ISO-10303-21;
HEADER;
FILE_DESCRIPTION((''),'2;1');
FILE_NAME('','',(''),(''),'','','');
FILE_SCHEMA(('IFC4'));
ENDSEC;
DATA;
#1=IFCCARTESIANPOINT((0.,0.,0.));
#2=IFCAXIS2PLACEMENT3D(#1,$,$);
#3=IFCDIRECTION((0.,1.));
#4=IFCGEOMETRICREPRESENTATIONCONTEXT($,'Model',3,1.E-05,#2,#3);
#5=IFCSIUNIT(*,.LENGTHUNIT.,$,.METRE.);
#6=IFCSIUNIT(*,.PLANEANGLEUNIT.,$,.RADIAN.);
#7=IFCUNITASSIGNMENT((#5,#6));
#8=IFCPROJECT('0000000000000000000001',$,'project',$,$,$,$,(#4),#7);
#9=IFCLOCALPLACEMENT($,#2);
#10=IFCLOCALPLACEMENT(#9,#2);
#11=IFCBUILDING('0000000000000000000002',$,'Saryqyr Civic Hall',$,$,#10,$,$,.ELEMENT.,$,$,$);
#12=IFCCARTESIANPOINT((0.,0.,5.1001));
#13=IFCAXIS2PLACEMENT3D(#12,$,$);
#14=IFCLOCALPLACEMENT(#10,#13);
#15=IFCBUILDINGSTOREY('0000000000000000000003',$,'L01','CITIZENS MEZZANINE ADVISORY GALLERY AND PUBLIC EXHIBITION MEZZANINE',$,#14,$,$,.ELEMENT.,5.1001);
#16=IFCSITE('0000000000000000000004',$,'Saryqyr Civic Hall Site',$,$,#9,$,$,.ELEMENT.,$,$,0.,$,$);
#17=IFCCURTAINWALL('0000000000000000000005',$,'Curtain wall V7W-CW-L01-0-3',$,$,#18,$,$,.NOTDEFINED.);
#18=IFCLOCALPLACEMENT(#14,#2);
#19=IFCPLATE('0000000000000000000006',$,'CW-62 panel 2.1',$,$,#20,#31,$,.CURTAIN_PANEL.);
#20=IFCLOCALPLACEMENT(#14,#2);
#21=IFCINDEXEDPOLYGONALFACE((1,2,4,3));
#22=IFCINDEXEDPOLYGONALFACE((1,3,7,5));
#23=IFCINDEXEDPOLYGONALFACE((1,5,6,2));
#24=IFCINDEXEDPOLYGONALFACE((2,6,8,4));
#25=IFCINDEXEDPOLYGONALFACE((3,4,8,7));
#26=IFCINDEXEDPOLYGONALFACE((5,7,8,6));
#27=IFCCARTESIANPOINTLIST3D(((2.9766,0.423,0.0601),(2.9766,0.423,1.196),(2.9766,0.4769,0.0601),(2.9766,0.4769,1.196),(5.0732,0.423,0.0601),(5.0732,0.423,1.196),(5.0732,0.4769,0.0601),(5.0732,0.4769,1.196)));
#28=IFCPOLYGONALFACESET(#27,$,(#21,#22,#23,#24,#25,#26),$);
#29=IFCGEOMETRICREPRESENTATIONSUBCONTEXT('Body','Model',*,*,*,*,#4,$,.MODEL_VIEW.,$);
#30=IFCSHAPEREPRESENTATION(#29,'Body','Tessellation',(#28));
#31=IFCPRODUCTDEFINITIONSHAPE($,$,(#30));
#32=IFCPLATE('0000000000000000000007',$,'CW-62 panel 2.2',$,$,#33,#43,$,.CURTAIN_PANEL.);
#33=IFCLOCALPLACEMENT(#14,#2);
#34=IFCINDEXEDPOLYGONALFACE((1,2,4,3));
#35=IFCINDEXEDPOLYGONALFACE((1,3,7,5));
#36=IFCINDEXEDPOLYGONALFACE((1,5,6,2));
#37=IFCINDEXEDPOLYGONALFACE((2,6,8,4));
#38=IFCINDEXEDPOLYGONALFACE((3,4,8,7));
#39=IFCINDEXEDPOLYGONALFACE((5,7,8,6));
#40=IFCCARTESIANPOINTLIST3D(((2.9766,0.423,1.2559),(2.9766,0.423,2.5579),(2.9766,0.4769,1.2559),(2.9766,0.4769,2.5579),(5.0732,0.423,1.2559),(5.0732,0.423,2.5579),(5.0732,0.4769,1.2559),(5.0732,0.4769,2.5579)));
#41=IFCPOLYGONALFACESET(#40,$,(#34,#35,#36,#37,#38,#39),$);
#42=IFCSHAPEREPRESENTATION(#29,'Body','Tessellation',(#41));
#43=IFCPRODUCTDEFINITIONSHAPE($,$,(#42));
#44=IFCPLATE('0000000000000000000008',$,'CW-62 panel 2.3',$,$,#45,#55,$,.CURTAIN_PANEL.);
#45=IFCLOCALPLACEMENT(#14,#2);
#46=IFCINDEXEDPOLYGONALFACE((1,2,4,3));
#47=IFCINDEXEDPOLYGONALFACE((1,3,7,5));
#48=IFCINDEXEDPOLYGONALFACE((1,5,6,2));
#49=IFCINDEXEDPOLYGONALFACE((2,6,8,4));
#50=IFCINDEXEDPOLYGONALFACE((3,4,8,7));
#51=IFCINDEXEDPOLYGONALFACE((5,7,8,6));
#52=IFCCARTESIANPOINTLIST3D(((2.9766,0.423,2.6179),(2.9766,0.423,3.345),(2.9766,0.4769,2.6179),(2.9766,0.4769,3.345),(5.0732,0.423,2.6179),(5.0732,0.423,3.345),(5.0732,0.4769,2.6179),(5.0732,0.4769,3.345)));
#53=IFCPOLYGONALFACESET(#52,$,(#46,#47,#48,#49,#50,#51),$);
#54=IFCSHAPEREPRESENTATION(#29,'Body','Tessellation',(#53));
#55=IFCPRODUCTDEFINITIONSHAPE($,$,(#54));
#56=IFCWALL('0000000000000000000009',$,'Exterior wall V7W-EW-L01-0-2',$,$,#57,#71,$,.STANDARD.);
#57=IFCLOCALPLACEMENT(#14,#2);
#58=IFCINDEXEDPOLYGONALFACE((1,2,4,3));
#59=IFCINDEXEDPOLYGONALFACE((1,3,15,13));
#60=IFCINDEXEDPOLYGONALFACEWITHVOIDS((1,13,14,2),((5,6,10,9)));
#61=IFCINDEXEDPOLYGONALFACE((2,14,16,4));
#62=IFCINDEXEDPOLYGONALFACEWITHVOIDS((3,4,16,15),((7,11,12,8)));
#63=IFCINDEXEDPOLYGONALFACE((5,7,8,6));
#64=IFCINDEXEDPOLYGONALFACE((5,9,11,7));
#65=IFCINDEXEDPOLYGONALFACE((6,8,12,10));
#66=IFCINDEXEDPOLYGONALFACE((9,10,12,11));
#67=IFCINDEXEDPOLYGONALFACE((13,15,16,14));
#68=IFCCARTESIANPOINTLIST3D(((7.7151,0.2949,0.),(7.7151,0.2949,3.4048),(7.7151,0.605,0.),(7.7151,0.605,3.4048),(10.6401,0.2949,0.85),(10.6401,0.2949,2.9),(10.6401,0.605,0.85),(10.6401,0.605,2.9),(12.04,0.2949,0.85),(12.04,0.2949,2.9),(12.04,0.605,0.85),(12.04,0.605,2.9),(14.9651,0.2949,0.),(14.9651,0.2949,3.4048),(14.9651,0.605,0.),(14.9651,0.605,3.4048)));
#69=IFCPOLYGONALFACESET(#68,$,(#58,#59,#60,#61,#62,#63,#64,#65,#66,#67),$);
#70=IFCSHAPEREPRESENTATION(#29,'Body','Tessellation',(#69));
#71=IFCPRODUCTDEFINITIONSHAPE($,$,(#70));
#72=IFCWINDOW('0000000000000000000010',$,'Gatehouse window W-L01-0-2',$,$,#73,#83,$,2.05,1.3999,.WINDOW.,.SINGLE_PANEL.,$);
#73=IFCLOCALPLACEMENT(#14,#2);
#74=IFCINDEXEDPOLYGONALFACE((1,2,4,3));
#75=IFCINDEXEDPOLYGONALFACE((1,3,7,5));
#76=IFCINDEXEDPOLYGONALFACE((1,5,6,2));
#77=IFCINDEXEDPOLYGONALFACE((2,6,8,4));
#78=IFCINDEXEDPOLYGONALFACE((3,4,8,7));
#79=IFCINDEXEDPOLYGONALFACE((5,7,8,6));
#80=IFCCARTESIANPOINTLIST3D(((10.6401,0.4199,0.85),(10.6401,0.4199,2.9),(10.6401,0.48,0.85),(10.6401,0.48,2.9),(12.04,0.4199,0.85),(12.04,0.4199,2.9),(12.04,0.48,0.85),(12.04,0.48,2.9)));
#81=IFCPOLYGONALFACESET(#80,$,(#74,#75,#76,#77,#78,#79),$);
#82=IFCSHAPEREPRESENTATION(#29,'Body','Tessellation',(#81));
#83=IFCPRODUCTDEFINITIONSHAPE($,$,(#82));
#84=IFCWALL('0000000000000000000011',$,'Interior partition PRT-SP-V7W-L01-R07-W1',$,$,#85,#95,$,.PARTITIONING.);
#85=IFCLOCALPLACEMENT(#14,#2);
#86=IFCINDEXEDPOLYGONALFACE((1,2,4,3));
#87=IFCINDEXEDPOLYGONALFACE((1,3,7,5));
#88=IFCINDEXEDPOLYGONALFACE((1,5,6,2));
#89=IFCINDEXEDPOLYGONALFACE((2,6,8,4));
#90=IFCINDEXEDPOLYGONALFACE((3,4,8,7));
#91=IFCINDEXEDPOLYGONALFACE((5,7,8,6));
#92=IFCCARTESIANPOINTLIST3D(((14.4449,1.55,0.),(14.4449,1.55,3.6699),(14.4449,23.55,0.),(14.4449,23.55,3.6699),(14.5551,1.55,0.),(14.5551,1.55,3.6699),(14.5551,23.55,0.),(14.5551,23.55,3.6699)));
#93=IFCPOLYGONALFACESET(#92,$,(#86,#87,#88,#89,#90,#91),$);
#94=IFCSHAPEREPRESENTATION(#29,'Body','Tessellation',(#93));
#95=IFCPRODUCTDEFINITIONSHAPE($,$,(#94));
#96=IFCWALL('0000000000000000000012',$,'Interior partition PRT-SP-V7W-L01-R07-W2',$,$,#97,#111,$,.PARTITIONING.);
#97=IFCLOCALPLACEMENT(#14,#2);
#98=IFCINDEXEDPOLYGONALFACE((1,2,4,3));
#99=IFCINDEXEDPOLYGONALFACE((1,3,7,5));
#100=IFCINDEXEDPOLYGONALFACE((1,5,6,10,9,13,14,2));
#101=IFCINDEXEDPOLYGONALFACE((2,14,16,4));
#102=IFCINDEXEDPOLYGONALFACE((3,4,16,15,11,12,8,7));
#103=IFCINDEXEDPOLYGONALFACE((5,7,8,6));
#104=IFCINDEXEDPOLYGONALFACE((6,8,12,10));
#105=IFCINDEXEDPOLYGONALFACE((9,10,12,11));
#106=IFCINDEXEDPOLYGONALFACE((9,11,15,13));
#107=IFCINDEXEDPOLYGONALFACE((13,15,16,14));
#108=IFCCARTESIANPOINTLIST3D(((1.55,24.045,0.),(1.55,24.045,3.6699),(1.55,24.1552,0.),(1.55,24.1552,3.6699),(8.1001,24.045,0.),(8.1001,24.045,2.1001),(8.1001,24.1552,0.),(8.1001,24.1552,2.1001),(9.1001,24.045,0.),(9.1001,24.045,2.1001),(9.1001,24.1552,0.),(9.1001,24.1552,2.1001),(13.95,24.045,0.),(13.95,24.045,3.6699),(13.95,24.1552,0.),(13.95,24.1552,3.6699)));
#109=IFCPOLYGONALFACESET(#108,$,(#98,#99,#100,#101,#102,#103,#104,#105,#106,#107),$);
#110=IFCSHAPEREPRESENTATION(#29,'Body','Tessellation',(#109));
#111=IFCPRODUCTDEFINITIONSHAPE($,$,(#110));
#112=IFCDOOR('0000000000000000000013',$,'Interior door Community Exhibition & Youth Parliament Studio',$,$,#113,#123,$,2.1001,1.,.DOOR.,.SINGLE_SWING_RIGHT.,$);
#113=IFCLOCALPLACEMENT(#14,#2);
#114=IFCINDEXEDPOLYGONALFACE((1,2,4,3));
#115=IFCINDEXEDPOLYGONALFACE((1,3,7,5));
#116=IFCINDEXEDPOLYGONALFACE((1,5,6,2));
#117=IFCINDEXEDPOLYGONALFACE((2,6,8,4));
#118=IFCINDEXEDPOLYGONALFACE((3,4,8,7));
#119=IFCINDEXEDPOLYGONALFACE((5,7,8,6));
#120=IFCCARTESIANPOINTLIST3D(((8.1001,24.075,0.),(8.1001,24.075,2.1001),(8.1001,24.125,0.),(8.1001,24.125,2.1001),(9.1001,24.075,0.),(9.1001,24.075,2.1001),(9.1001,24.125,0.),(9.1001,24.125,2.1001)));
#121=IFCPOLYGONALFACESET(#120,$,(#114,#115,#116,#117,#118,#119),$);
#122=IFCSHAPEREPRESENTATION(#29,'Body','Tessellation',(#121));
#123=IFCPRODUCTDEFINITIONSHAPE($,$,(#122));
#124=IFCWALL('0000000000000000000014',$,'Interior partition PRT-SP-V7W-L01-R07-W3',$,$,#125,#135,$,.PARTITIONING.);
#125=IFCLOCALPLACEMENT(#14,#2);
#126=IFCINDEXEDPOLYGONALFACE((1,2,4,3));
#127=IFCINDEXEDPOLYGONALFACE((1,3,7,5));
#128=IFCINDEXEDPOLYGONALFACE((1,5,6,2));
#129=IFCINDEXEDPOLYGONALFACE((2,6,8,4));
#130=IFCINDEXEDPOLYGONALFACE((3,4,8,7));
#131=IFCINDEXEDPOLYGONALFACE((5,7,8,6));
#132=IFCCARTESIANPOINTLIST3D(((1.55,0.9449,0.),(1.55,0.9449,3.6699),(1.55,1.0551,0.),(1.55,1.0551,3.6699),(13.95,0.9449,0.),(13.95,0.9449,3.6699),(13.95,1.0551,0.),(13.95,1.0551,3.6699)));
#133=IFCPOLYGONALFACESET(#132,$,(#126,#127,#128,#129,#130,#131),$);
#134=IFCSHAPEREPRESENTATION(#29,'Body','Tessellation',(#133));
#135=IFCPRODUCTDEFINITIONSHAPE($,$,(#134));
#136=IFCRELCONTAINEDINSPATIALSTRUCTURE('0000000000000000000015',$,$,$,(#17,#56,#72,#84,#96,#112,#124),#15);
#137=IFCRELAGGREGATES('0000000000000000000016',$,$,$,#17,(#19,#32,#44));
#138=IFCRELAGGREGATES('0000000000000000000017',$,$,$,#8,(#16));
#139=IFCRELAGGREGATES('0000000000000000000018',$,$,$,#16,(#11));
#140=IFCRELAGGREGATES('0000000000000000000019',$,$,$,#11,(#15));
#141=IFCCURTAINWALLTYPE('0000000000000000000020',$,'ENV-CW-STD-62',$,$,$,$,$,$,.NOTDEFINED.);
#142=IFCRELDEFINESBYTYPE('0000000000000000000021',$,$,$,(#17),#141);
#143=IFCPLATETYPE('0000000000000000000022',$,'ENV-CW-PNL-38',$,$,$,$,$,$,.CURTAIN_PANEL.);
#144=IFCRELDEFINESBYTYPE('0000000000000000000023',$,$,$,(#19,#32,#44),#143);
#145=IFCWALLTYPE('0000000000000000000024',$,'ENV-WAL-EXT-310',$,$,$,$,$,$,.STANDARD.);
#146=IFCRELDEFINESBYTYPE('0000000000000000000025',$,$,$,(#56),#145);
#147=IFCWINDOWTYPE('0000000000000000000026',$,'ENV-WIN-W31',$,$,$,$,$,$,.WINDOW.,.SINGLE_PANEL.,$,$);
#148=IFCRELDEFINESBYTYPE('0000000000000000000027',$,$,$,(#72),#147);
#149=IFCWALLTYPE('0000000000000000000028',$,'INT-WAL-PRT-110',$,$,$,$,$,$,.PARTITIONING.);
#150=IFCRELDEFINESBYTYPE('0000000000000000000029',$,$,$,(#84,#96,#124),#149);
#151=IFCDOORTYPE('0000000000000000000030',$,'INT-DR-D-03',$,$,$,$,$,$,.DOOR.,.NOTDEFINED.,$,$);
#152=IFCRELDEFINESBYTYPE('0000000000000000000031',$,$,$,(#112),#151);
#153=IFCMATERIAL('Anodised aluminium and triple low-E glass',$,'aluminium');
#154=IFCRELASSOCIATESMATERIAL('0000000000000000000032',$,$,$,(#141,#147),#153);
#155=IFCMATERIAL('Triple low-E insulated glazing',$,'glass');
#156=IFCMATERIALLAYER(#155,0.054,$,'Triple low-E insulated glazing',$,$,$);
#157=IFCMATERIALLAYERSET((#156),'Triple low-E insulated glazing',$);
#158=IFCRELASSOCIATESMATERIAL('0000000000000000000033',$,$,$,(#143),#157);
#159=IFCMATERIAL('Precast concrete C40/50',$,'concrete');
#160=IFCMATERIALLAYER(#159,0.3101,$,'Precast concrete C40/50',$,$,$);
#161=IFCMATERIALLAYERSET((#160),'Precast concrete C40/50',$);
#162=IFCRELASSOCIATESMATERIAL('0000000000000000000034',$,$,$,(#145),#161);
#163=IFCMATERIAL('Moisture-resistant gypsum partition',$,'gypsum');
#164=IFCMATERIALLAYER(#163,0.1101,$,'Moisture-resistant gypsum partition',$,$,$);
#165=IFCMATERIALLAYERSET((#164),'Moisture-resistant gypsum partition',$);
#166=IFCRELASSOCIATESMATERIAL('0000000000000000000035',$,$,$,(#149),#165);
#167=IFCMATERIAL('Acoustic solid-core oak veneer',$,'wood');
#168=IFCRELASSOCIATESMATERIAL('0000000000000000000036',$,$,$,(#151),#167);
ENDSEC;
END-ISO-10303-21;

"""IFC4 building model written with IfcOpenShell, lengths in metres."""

from ifc_helpers import new_model, si_unit, direction, frame, frame_2d, origin, origin_2d, place, context, subcontext, project, spatial, rectangle, extrude, material, layer, layer_set, type_object, element, fill, aggregate, save


model = new_model("IFC4")

# Units and contexts
model_context = context("Model", 3, precision=1e-05, world=origin(), true_north=direction((0.0, 1.0)))
body_context = subcontext(model_context, "Body", "Model", "MODEL_VIEW")
ifc_project = project(units=[si_unit("LENGTHUNIT", "METRE"), si_unit("PLANEANGLEUNIT", "RADIAN")], contexts=[model_context])

# Site, building, storey
site_placement = place(None, origin())
site = spatial("IfcSite", under=ifc_project, at=site_placement, Name="Saryqyr Civic Hall Site", CompositionType="ELEMENT", RefElevation=0.0)
building_placement = place(site_placement, origin())
building = spatial("IfcBuilding", under=site, at=building_placement, Name="Saryqyr Civic Hall", CompositionType="ELEMENT")
storey_placement = place(building_placement, frame((0.0, 0.0, 5.1001)))
storey = spatial("IfcBuildingStorey", under=building, at=storey_placement, Name="L01", Description="CITIZENS MEZZANINE ADVISORY GALLERY AND PUBLIC EXHIBITION MEZZANINE", CompositionType="ELEMENT", Elevation=5.1001)

# Curtain wall
ifc_material_1 = material(Name="Anodised aluminium and triple low-E glass", Category="aluminium")
curtain_wall_type = type_object("IfcCurtainWallType", Name="ENV-CW-STD-62", PredefinedType="NOTDEFINED", material=ifc_material_1)
curtain_wall_placement = place(storey_placement, origin())
curtain_wall = element("IfcCurtainWall", 1, at=curtain_wall_placement, inside=storey, type_object=curtain_wall_type, Name="Curtain wall V7W-CW-L01-0-3", PredefinedType="NOTDEFINED")

# Plates
ifc_material_2 = material(Name="Triple low-E insulated glazing", Category="glass")
ifc_layer_1 = layer(ifc_material_2, 0.054, Name="Triple low-E insulated glazing")
ifc_layer_set_1 = layer_set([ifc_layer_1], Name="Triple low-E insulated glazing")
plate_type = type_object("IfcPlateType", Name="ENV-CW-PNL-38", PredefinedType="CURTAIN_PANEL", material=ifc_layer_set_1)
plate_1_placement = place(storey_placement, frame((4.0249, 0.45, 0.0601), z_axis=(0.0, 0.0, 1.0), x_axis=(-1.0, 0.0, 0.0)))
plate_1 = element("IfcPlate", 2, at=plate_1_placement, type_object=plate_type, Name="CW-62 panel 2.1", PredefinedType="CURTAIN_PANEL", context=body_context, shape_type="SweptSolid", body=[
    extrude(rectangle(XDim=2.0967, YDim=0.054, at=origin_2d()), origin(), (0.0, 0.0, 1.0), 1.136),
])
plate_2_placement = place(storey_placement, frame((4.0249, 0.45, 1.2559), z_axis=(0.0, 0.0, 1.0), x_axis=(-1.0, 0.0, 0.0)))
plate_2 = element("IfcPlate", 3, at=plate_2_placement, type_object=plate_type, Name="CW-62 panel 2.2", PredefinedType="CURTAIN_PANEL", context=body_context, shape_type="SweptSolid", body=[
    extrude(rectangle(XDim=2.0967, YDim=0.054, at=origin_2d()), origin(), (0.0, 0.0, 1.0), 1.302),
])
plate_3_placement = place(storey_placement, frame((4.0249, 0.45, 2.6179), z_axis=(0.0, 0.0, 1.0), x_axis=(-1.0, 0.0, 0.0)))
plate_3 = element("IfcPlate", 4, at=plate_3_placement, type_object=plate_type, Name="CW-62 panel 2.3", PredefinedType="CURTAIN_PANEL", context=body_context, shape_type="SweptSolid", body=[
    extrude(rectangle(XDim=2.0967, YDim=0.054, at=origin_2d()), origin(), (0.0, 0.0, 1.0), 0.7271),
])
aggregate(curtain_wall, [plate_1, plate_2, plate_3])

# Wall, opening, window
ifc_material_3 = material(Name="Precast concrete C40/50", Category="concrete")
ifc_layer_2 = layer(ifc_material_3, 0.3101, Name="Precast concrete C40/50")
ifc_layer_set_2 = layer_set([ifc_layer_2], Name="Precast concrete C40/50")
wall_type_1 = type_object("IfcWallType", Name="ENV-WAL-EXT-310", PredefinedType="STANDARD", material=ifc_layer_set_2)
wall_1_placement = place(storey_placement, frame((14.9651, 0.45, 0.0), z_axis=(0.0, 0.0, 1.0), x_axis=(-1.0, 0.0, 0.0)))
wall_1 = element("IfcWall", 5, at=wall_1_placement, inside=storey, type_object=wall_type_1, Name="Exterior wall V7W-EW-L01-0-2", PredefinedType="STANDARD", context=body_context, shape_type="SweptSolid", body=[
    extrude(rectangle(XDim=7.25, YDim=0.3101, at=frame_2d((3.625, 0.0))), origin(), (0.0, 0.0, 1.0), 3.4048),
])
opening_1_placement = place(wall_1_placement, frame((2.925, 0.0, 0.8501)))
opening_1 = element("IfcOpeningElement", 6, at=opening_1_placement, cuts=wall_1, PredefinedType="OPENING", context=body_context, shape_type="SweptSolid", body=[
    extrude(rectangle(XDim=1.3999, YDim=2.05, at=frame_2d((0.7, 1.0249))), frame((0.0, 0.165, 0.0), z_axis=(0.0, -1.0, 0.0), x_axis=(1.0, 0.0, 0.0)), (0.0, 0.0, 1.0), 0.3301),
])
window_type = type_object("IfcWindowType", Name="ENV-WIN-W31", PartitioningType="SINGLE_PANEL", PredefinedType="WINDOW", material=ifc_material_1)
window_placement = place(opening_1_placement, origin())
window = element("IfcWindow", 7, at=window_placement, inside=storey, type_object=window_type, Name="Gatehouse window W-L01-0-2", OverallHeight=2.05, OverallWidth=1.3999, PartitioningType="SINGLE_PANEL", PredefinedType="WINDOW", context=body_context, shape_type="SweptSolid", body=[
    extrude(rectangle(XDim=1.3999, YDim=2.05, at=frame_2d((0.7, 1.0249))), frame((0.0, 0.03, 0.0), z_axis=(0.0, -1.0, 0.0), x_axis=(1.0, 0.0, 0.0)), (0.0, 0.0, 1.0), 0.0601),
])
fill(opening_1, window)

# Wall
ifc_material_4 = material(Name="Moisture-resistant gypsum partition", Category="gypsum")
ifc_layer_3 = layer(ifc_material_4, 0.1101, Name="Moisture-resistant gypsum partition")
ifc_layer_set_3 = layer_set([ifc_layer_3], Name="Moisture-resistant gypsum partition")
wall_type_2 = type_object("IfcWallType", Name="INT-WAL-PRT-110", PredefinedType="PARTITIONING", material=ifc_layer_set_3)
wall_2_placement = place(storey_placement, frame((14.5, 23.55, 0.0), z_axis=(0.0, 0.0, 1.0), x_axis=(0.0, -1.0, 0.0)))
element("IfcWall", 8, at=wall_2_placement, inside=storey, type_object=wall_type_2, Name="Interior partition PRT-SP-V7W-L01-R07-W1", PredefinedType="PARTITIONING", context=body_context, shape_type="SweptSolid", body=[
    extrude(rectangle(XDim=22.0, YDim=0.1101, at=frame_2d((11.0, 0.0))), origin(), (0.0, 0.0, 1.0), 3.6699),
])

# Wall, opening, door
wall_3_placement = place(storey_placement, frame((1.55, 24.1001, 0.0), z_axis=(0.0, 0.0, 1.0), x_axis=(1.0, 0.0, 0.0)))
wall_3 = element("IfcWall", 9, at=wall_3_placement, inside=storey, type_object=wall_type_2, Name="Interior partition PRT-SP-V7W-L01-R07-W2", PredefinedType="PARTITIONING", context=body_context, shape_type="SweptSolid", body=[
    extrude(rectangle(XDim=12.3999, YDim=0.1101, at=frame_2d((6.2, 0.0))), origin(), (0.0, 0.0, 1.0), 3.6699),
])
opening_2_placement = place(wall_3_placement, frame((6.55, 0.0, 0.0)))
opening_2 = element("IfcOpeningElement", 10, at=opening_2_placement, cuts=wall_3, PredefinedType="OPENING", context=body_context, shape_type="SweptSolid", body=[
    extrude(rectangle(XDim=1.0, YDim=2.1001, at=frame_2d((0.5, 1.05))), frame((0.0, 0.0649, 0.0), z_axis=(0.0, -1.0, 0.0), x_axis=(1.0, 0.0, 0.0)), (0.0, 0.0, 1.0), 0.1301),
])
ifc_material_5 = material(Name="Acoustic solid-core oak veneer", Category="wood")
door_type = type_object("IfcDoorType", Name="INT-DR-D-03", OperationType="NOTDEFINED", PredefinedType="DOOR", material=ifc_material_5)
door_placement = place(opening_2_placement, origin())
door = element("IfcDoor", 11, at=door_placement, inside=storey, type_object=door_type, Name="Interior door Community Exhibition & Youth Parliament Studio", OperationType="SINGLE_SWING_RIGHT", OverallHeight=2.1001, OverallWidth=1.0, PredefinedType="DOOR", context=body_context, shape_type="SweptSolid", body=[
    extrude(rectangle(XDim=1.0, YDim=2.1001, at=frame_2d((0.5, 1.05))), frame((0.0, 0.0249, 0.0), z_axis=(0.0, -1.0, 0.0), x_axis=(1.0, 0.0, 0.0)), (0.0, 0.0, 1.0), 0.05),
])
fill(opening_2, door)

# Wall
wall_4_placement = place(storey_placement, frame((13.95, 1.0, 0.0), z_axis=(0.0, 0.0, 1.0), x_axis=(-1.0, 0.0, 0.0)))
element("IfcWall", 12, at=wall_4_placement, inside=storey, type_object=wall_type_2, Name="Interior partition PRT-SP-V7W-L01-R07-W3", PredefinedType="PARTITIONING", context=body_context, shape_type="SweptSolid", body=[
    extrude(rectangle(XDim=12.3999, YDim=0.1101, at=frame_2d((6.2, 0.0))), origin(), (0.0, 0.0, 1.0), 3.6699),
])

save(model, "model.ifc")
